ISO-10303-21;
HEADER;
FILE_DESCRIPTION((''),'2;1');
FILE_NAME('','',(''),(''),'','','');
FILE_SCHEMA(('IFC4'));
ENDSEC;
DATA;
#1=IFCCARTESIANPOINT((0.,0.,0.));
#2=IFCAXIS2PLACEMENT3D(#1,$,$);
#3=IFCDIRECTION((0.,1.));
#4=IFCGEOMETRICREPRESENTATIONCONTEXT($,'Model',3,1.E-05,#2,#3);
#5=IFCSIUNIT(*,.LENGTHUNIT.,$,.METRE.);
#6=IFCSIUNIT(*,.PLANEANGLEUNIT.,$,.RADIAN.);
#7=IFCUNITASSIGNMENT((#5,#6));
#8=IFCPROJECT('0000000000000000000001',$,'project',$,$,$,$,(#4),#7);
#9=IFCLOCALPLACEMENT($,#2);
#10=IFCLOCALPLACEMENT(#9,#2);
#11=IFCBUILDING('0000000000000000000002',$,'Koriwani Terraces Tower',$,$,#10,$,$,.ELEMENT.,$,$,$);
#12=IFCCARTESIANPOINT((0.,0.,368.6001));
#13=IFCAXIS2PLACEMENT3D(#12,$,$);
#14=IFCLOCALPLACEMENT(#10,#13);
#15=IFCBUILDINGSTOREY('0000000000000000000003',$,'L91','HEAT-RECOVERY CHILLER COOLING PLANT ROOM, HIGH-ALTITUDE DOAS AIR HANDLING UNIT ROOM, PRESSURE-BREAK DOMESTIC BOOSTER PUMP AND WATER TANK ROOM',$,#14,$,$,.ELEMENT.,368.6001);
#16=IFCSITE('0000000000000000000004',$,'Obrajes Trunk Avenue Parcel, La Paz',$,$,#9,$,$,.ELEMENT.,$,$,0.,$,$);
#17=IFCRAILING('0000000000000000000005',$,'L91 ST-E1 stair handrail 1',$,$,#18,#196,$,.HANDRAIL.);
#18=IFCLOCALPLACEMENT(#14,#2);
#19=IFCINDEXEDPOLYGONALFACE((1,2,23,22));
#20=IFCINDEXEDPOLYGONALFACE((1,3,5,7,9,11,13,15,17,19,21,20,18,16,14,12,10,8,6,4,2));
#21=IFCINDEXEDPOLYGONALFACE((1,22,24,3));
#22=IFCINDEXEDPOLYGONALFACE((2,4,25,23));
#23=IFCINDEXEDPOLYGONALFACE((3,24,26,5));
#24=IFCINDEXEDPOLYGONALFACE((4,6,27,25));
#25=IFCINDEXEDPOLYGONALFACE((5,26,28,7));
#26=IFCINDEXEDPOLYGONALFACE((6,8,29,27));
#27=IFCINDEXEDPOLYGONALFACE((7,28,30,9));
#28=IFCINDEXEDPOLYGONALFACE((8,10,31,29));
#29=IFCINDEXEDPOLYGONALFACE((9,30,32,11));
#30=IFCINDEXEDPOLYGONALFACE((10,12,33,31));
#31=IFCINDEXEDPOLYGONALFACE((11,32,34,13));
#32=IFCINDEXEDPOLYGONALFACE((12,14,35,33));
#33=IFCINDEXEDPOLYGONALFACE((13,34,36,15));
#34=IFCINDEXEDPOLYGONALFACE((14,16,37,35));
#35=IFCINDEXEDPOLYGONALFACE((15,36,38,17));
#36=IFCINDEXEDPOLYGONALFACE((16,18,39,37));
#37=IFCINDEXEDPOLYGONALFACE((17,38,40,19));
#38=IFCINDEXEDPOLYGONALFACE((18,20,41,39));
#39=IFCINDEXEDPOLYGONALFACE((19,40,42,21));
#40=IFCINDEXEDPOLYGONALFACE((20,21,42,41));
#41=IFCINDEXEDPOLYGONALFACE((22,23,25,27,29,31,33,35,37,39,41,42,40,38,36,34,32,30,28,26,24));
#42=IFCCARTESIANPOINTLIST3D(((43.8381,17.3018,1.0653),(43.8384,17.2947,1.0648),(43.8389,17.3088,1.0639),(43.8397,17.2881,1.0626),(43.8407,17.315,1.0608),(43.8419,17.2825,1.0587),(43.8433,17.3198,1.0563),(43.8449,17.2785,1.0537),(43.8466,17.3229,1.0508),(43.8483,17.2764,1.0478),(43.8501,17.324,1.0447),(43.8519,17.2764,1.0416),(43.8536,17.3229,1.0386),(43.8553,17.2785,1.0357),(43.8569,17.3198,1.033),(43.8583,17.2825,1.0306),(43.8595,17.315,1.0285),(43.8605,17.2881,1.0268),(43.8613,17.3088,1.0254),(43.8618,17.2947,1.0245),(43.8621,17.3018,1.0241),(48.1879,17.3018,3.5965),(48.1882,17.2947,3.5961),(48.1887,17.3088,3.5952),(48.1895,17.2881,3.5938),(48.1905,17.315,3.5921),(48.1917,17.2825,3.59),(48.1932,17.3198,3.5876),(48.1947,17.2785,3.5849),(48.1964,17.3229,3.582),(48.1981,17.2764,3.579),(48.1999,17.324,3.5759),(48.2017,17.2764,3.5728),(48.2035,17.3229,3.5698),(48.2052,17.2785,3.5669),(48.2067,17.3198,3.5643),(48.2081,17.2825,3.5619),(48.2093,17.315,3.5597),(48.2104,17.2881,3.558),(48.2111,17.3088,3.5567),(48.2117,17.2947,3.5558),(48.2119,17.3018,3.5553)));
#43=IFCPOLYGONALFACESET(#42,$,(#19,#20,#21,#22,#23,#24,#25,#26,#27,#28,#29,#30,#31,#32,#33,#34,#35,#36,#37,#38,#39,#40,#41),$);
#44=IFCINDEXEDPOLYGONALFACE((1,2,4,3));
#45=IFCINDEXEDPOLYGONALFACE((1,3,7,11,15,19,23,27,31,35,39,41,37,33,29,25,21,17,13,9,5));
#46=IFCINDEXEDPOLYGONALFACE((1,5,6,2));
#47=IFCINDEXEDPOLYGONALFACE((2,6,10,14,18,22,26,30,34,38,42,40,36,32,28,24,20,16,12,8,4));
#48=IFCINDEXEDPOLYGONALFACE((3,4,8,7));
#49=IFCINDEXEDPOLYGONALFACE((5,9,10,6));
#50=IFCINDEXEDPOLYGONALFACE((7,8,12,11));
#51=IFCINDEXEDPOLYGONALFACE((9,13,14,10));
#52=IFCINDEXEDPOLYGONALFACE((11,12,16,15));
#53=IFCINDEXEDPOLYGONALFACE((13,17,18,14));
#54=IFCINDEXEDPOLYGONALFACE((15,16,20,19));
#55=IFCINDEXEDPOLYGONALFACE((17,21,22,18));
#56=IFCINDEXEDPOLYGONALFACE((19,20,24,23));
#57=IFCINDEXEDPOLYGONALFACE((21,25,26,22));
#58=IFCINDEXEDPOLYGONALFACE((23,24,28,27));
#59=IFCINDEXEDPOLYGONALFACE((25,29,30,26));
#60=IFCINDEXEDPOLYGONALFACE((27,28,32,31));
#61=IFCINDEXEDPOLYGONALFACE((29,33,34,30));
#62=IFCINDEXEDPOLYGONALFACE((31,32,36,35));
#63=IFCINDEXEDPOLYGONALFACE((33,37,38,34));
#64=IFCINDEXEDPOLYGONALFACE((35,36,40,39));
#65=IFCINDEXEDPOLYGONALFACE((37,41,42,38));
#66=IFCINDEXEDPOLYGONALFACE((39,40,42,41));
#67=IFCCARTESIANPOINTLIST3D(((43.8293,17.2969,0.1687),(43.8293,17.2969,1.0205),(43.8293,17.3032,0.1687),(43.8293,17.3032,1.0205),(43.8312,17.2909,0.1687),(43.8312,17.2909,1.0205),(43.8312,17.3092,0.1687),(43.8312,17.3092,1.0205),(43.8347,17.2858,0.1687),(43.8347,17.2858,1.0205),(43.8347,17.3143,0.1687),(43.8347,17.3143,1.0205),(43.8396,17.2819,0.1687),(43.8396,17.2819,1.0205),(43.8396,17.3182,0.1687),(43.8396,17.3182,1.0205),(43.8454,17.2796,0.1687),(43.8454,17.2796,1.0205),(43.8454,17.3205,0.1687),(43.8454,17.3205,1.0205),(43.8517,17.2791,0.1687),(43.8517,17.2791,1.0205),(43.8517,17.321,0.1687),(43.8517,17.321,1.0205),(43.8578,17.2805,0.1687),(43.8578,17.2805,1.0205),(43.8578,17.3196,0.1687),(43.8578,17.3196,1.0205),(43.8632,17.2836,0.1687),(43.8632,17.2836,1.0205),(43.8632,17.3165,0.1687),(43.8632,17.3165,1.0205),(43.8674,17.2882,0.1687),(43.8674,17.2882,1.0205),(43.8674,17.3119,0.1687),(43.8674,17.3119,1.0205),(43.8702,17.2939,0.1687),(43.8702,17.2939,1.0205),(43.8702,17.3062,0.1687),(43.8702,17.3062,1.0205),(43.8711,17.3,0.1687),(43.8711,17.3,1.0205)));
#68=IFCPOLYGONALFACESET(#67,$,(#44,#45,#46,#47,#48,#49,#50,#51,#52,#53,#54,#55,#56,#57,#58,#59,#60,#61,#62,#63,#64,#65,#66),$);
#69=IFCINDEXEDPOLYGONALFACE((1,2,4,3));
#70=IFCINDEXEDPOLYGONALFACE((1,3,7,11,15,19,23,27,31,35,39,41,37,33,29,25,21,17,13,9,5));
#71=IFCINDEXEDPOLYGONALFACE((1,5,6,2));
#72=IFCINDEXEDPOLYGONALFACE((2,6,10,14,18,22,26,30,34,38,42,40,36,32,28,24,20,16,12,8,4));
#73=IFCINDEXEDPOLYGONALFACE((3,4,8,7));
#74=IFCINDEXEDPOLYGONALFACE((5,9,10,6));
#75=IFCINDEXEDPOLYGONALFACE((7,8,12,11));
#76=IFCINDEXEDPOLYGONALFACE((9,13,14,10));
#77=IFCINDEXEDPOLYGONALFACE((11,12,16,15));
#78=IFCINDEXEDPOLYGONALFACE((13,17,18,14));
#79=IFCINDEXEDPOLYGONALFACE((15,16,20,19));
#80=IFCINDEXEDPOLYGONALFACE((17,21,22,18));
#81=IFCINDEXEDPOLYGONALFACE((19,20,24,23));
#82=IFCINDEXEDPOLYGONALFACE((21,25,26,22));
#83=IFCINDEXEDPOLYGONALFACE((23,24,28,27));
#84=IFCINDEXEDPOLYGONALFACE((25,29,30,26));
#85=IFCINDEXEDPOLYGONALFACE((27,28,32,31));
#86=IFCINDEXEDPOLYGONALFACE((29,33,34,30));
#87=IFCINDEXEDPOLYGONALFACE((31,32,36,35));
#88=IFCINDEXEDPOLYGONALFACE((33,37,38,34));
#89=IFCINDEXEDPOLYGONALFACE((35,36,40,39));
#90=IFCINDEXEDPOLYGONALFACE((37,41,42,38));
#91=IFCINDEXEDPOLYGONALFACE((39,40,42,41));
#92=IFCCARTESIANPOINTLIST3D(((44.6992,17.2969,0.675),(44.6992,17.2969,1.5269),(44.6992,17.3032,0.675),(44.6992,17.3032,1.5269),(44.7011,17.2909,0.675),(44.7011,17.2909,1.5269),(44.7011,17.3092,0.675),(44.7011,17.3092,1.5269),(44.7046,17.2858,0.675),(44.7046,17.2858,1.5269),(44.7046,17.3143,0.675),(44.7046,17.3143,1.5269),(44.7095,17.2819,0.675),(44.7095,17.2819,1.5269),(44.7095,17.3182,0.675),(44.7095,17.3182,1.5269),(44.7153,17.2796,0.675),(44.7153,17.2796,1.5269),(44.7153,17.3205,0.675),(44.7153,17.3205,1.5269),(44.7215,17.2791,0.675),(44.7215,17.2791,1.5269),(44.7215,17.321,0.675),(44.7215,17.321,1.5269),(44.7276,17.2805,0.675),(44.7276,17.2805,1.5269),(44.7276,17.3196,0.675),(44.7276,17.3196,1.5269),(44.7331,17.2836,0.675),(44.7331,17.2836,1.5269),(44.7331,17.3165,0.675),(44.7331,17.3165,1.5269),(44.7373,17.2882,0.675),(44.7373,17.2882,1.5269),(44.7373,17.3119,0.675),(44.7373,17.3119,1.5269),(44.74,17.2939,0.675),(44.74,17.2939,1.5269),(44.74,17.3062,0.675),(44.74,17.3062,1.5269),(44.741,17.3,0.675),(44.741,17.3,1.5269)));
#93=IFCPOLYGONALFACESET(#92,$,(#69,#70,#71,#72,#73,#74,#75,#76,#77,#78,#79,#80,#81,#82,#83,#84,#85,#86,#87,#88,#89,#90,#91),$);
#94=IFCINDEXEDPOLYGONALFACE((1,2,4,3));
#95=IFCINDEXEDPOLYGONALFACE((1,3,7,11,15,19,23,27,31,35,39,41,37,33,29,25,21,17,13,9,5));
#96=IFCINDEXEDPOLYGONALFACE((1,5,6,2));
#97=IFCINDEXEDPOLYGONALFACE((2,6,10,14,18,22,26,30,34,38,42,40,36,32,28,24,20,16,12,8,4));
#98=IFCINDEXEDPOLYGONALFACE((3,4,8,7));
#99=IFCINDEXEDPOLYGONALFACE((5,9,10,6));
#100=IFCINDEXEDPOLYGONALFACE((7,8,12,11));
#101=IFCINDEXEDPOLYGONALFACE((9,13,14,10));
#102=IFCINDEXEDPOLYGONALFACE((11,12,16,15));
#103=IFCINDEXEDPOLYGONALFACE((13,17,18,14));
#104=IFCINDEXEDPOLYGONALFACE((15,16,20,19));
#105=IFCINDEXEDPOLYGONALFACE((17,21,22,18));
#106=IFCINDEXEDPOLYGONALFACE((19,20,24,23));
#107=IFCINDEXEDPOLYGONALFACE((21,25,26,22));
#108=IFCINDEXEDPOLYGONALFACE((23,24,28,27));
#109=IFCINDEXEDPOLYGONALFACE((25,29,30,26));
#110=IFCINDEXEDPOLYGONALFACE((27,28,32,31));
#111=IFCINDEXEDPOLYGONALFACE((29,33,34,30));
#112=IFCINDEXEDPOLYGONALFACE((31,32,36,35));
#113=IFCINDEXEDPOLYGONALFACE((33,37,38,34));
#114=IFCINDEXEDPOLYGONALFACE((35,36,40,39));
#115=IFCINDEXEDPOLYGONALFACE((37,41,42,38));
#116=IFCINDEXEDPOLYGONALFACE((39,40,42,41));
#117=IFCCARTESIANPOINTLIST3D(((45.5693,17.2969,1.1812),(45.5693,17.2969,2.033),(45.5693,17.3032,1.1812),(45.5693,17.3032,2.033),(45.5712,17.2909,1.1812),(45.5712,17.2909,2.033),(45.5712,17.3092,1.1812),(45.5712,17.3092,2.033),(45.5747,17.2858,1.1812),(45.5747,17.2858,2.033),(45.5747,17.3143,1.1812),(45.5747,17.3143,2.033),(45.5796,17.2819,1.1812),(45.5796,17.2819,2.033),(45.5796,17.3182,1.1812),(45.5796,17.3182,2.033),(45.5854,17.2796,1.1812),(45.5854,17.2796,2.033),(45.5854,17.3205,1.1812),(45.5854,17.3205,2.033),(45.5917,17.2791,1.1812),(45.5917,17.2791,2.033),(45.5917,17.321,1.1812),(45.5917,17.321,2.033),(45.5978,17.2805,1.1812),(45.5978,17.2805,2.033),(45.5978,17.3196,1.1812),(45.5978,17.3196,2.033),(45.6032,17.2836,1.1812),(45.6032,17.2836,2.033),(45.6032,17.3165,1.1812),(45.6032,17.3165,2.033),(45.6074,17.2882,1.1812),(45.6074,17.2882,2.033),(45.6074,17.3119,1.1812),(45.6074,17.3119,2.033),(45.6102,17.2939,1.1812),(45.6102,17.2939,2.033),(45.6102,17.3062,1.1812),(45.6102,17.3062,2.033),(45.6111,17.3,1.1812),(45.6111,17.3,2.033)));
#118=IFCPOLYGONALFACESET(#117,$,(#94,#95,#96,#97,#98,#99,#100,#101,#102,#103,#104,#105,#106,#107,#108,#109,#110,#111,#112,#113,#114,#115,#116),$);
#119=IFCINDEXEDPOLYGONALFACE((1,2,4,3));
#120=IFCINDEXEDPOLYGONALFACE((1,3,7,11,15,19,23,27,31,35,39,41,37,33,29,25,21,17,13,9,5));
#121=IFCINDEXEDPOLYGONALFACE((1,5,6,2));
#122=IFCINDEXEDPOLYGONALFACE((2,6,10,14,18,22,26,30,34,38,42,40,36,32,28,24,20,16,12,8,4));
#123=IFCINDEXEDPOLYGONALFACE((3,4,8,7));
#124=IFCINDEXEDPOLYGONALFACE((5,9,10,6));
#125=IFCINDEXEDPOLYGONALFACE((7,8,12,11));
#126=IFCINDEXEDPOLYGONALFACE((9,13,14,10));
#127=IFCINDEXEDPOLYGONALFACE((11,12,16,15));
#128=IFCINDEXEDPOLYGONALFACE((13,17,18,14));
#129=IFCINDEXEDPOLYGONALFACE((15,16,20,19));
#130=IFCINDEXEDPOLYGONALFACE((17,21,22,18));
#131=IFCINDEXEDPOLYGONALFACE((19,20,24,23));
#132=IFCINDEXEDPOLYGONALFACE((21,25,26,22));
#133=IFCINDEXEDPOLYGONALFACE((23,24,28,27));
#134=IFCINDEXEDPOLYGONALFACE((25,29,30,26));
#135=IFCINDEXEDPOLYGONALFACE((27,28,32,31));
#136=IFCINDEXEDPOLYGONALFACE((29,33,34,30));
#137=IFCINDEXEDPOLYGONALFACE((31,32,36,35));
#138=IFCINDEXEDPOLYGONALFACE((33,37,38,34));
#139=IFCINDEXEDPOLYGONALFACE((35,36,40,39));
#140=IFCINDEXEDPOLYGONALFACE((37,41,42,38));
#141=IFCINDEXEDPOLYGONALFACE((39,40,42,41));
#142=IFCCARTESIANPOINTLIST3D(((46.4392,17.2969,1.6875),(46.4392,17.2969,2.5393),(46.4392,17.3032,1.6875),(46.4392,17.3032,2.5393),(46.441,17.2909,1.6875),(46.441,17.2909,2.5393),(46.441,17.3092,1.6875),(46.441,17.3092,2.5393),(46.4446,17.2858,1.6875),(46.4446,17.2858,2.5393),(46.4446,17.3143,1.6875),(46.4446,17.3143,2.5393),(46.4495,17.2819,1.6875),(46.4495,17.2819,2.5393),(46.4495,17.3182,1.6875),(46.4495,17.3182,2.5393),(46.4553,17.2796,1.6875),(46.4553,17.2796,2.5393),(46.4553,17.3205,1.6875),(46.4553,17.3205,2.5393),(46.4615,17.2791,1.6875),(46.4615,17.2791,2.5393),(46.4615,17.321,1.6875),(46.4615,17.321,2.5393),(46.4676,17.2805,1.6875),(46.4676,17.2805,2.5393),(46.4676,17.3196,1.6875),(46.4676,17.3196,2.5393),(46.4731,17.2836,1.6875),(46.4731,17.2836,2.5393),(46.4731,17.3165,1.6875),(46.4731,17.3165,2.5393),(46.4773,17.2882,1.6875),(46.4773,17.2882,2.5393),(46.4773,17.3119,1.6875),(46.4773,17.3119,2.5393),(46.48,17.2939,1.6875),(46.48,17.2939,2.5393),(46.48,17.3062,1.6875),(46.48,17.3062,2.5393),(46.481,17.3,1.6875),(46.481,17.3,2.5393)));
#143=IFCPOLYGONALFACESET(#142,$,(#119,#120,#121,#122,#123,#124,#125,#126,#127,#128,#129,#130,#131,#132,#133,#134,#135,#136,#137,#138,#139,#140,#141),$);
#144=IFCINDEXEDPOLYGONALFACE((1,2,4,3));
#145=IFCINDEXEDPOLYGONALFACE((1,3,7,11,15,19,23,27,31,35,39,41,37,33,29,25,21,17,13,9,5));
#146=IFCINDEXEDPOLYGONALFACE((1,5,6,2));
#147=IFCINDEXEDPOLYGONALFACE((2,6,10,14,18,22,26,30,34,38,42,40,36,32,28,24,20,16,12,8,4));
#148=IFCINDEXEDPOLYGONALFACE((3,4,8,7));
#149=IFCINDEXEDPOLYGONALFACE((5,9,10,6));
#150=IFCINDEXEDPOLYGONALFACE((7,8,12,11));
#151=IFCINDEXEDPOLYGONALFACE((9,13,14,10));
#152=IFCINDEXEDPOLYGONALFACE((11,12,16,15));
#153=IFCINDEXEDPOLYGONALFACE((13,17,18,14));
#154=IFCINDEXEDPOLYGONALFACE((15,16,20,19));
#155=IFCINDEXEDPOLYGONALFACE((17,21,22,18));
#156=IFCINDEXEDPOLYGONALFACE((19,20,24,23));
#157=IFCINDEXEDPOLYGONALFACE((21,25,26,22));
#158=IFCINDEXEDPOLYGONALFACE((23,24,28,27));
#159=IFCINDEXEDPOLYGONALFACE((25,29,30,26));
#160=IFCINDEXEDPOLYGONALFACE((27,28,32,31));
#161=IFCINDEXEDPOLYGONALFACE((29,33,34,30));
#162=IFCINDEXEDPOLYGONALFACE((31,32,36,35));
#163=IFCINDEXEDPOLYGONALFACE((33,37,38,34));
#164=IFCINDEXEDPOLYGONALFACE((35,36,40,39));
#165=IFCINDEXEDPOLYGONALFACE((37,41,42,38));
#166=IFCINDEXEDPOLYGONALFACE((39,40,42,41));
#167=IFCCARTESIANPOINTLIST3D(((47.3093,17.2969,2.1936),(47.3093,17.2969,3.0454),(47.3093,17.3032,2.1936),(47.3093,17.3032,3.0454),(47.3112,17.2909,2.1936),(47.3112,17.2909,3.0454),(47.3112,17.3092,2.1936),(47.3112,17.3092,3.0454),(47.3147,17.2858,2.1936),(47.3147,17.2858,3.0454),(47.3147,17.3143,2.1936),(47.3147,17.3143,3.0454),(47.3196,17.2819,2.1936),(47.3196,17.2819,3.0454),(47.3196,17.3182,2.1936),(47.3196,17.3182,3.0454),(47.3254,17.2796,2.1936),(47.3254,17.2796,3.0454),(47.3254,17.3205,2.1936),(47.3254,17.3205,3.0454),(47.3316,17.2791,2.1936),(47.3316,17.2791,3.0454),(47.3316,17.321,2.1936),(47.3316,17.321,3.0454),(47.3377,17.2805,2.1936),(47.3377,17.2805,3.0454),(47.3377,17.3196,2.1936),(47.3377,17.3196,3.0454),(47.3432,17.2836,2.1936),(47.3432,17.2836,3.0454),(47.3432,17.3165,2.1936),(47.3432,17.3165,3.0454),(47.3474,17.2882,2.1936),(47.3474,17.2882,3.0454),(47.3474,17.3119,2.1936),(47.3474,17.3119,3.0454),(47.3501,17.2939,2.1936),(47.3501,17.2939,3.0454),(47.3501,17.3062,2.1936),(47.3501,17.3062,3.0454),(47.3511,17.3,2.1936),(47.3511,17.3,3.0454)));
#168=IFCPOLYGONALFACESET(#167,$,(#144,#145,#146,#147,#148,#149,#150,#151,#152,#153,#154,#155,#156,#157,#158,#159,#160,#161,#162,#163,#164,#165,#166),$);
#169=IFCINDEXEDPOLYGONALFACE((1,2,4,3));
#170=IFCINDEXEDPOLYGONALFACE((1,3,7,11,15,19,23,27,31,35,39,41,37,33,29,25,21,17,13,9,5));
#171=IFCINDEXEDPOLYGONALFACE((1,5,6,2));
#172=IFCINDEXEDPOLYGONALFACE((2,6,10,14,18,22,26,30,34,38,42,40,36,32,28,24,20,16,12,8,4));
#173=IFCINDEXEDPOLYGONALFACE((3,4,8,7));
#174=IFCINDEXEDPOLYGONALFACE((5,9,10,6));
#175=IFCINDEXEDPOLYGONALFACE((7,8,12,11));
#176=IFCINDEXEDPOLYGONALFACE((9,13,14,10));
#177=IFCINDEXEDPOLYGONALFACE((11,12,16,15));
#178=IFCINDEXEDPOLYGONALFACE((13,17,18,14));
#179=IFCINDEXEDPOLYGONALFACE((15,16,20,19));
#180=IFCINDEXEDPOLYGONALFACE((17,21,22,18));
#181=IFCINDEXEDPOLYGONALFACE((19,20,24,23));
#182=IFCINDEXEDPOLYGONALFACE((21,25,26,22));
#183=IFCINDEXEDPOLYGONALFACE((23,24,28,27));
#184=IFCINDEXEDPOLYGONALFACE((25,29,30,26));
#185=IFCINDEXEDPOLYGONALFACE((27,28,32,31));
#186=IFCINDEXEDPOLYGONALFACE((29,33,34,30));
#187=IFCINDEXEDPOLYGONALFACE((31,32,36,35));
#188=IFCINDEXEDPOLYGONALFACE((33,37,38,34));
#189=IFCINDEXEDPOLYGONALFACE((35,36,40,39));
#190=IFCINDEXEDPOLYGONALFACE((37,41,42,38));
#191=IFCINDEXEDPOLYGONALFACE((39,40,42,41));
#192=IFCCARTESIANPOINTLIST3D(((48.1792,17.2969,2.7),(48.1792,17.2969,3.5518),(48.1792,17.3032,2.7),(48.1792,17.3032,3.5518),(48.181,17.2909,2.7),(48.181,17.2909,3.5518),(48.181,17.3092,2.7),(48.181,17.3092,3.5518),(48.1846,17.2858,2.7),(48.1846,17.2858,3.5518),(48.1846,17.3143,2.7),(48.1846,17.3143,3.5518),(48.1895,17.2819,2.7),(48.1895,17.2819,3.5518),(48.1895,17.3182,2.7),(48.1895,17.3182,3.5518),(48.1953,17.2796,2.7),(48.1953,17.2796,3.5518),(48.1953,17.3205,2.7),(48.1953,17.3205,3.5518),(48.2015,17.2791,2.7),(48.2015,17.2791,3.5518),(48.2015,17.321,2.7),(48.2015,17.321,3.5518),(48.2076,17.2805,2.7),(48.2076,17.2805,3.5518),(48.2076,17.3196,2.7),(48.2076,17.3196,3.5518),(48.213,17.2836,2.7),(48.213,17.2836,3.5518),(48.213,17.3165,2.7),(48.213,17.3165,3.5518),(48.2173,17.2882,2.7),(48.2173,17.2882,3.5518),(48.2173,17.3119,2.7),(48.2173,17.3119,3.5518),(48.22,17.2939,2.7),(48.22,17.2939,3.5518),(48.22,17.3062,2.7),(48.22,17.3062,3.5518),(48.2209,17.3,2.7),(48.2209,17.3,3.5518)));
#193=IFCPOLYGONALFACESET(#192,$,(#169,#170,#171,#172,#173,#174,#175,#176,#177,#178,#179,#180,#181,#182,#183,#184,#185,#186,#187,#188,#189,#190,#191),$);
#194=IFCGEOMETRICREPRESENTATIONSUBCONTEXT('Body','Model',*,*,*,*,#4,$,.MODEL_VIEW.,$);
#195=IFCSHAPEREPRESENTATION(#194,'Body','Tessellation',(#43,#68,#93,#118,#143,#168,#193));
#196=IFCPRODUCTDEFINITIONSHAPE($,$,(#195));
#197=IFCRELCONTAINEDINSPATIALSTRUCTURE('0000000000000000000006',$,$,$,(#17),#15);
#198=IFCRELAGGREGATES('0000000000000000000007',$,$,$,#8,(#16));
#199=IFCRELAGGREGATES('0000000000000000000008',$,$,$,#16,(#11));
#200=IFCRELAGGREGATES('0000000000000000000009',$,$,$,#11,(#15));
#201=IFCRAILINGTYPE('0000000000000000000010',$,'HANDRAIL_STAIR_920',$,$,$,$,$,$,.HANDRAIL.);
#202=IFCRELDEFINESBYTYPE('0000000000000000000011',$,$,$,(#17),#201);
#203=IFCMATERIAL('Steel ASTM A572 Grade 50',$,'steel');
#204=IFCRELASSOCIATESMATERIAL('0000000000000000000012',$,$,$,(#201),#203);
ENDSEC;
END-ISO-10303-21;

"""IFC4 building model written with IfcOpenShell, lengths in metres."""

from ifc_helpers import new_model, si_unit, direction, frame, origin, origin_2d, place, context, subcontext, project, spatial, circle, extrude, material, type_object, element, save


model = new_model("IFC4")

# Units and contexts
model_context = context("Model", 3, precision=1e-05, world=origin(), true_north=direction((0.0, 1.0)))
body_context = subcontext(model_context, "Body", "Model", "MODEL_VIEW")
ifc_project = project(units=[si_unit("LENGTHUNIT", "METRE"), si_unit("PLANEANGLEUNIT", "RADIAN")], contexts=[model_context])

# Site, building, storey
site_placement = place(None, origin())
site = spatial("IfcSite", under=ifc_project, at=site_placement, Name="Obrajes Trunk Avenue Parcel, La Paz", CompositionType="ELEMENT", RefElevation=0.0)
building_placement = place(site_placement, origin())
building = spatial("IfcBuilding", under=site, at=building_placement, Name="Koriwani Terraces Tower", CompositionType="ELEMENT")
storey_placement = place(building_placement, frame((0.0, 0.0, 368.6001)))
storey = spatial("IfcBuildingStorey", under=building, at=storey_placement, Name="L91", Description="HEAT-RECOVERY CHILLER COOLING PLANT ROOM, HIGH-ALTITUDE DOAS AIR HANDLING UNIT ROOM, PRESSURE-BREAK DOMESTIC BOOSTER PUMP AND WATER TANK ROOM", CompositionType="ELEMENT", Elevation=368.6001)

# Shared definitions
ifc_material_1 = material(Name="Steel ASTM A572 Grade 50", Category="steel")

# Railing
railing_type_1 = type_object("IfcRailingType", Name="HANDRAIL_STAIR_920", PredefinedType="HANDRAIL", material=ifc_material_1)
railing_1_placement = place(storey_placement, frame((43.8501, 17.3, 0.1687)))
element("IfcRailing", 1, at=railing_1_placement, inside=storey, type_object=railing_type_1, Name="L91 ST-E1 stair handrail 1", PredefinedType="HANDRAIL", context=body_context, shape_type="SweptSolid", body=[
    extrude(circle(Radius=0.0239, at=origin_2d()), frame((0.0, 0.0, 0.876), z_axis=(0.864312, 0.0, 0.502957), x_axis=(0.0, 1.0, 0.0)), (0.0, 0.0, 1.0), 5.0327),
    extrude(circle(Radius=0.021, at=origin_2d()), origin(), (0.0, 0.0, 1.0), 0.8518),
    extrude(circle(Radius=0.021, at=origin_2d()), frame((0.8699, 0.0, 0.5063)), (0.0, 0.0, 1.0), 0.8518),
    extrude(circle(Radius=0.021, at=origin_2d()), frame((1.74, 0.0, 1.0125)), (0.0, 0.0, 1.0), 0.8518),
    extrude(circle(Radius=0.021, at=origin_2d()), frame((2.6099, 0.0, 1.5188)), (0.0, 0.0, 1.0), 0.8518),
    extrude(circle(Radius=0.021, at=origin_2d()), frame((3.48, 0.0, 2.0249)), (0.0, 0.0, 1.0), 0.8518),
    extrude(circle(Radius=0.021, at=origin_2d()), frame((4.3499, 0.0, 2.5312)), (0.0, 0.0, 1.0), 0.8518),
])

save(model, "model.ifc")
